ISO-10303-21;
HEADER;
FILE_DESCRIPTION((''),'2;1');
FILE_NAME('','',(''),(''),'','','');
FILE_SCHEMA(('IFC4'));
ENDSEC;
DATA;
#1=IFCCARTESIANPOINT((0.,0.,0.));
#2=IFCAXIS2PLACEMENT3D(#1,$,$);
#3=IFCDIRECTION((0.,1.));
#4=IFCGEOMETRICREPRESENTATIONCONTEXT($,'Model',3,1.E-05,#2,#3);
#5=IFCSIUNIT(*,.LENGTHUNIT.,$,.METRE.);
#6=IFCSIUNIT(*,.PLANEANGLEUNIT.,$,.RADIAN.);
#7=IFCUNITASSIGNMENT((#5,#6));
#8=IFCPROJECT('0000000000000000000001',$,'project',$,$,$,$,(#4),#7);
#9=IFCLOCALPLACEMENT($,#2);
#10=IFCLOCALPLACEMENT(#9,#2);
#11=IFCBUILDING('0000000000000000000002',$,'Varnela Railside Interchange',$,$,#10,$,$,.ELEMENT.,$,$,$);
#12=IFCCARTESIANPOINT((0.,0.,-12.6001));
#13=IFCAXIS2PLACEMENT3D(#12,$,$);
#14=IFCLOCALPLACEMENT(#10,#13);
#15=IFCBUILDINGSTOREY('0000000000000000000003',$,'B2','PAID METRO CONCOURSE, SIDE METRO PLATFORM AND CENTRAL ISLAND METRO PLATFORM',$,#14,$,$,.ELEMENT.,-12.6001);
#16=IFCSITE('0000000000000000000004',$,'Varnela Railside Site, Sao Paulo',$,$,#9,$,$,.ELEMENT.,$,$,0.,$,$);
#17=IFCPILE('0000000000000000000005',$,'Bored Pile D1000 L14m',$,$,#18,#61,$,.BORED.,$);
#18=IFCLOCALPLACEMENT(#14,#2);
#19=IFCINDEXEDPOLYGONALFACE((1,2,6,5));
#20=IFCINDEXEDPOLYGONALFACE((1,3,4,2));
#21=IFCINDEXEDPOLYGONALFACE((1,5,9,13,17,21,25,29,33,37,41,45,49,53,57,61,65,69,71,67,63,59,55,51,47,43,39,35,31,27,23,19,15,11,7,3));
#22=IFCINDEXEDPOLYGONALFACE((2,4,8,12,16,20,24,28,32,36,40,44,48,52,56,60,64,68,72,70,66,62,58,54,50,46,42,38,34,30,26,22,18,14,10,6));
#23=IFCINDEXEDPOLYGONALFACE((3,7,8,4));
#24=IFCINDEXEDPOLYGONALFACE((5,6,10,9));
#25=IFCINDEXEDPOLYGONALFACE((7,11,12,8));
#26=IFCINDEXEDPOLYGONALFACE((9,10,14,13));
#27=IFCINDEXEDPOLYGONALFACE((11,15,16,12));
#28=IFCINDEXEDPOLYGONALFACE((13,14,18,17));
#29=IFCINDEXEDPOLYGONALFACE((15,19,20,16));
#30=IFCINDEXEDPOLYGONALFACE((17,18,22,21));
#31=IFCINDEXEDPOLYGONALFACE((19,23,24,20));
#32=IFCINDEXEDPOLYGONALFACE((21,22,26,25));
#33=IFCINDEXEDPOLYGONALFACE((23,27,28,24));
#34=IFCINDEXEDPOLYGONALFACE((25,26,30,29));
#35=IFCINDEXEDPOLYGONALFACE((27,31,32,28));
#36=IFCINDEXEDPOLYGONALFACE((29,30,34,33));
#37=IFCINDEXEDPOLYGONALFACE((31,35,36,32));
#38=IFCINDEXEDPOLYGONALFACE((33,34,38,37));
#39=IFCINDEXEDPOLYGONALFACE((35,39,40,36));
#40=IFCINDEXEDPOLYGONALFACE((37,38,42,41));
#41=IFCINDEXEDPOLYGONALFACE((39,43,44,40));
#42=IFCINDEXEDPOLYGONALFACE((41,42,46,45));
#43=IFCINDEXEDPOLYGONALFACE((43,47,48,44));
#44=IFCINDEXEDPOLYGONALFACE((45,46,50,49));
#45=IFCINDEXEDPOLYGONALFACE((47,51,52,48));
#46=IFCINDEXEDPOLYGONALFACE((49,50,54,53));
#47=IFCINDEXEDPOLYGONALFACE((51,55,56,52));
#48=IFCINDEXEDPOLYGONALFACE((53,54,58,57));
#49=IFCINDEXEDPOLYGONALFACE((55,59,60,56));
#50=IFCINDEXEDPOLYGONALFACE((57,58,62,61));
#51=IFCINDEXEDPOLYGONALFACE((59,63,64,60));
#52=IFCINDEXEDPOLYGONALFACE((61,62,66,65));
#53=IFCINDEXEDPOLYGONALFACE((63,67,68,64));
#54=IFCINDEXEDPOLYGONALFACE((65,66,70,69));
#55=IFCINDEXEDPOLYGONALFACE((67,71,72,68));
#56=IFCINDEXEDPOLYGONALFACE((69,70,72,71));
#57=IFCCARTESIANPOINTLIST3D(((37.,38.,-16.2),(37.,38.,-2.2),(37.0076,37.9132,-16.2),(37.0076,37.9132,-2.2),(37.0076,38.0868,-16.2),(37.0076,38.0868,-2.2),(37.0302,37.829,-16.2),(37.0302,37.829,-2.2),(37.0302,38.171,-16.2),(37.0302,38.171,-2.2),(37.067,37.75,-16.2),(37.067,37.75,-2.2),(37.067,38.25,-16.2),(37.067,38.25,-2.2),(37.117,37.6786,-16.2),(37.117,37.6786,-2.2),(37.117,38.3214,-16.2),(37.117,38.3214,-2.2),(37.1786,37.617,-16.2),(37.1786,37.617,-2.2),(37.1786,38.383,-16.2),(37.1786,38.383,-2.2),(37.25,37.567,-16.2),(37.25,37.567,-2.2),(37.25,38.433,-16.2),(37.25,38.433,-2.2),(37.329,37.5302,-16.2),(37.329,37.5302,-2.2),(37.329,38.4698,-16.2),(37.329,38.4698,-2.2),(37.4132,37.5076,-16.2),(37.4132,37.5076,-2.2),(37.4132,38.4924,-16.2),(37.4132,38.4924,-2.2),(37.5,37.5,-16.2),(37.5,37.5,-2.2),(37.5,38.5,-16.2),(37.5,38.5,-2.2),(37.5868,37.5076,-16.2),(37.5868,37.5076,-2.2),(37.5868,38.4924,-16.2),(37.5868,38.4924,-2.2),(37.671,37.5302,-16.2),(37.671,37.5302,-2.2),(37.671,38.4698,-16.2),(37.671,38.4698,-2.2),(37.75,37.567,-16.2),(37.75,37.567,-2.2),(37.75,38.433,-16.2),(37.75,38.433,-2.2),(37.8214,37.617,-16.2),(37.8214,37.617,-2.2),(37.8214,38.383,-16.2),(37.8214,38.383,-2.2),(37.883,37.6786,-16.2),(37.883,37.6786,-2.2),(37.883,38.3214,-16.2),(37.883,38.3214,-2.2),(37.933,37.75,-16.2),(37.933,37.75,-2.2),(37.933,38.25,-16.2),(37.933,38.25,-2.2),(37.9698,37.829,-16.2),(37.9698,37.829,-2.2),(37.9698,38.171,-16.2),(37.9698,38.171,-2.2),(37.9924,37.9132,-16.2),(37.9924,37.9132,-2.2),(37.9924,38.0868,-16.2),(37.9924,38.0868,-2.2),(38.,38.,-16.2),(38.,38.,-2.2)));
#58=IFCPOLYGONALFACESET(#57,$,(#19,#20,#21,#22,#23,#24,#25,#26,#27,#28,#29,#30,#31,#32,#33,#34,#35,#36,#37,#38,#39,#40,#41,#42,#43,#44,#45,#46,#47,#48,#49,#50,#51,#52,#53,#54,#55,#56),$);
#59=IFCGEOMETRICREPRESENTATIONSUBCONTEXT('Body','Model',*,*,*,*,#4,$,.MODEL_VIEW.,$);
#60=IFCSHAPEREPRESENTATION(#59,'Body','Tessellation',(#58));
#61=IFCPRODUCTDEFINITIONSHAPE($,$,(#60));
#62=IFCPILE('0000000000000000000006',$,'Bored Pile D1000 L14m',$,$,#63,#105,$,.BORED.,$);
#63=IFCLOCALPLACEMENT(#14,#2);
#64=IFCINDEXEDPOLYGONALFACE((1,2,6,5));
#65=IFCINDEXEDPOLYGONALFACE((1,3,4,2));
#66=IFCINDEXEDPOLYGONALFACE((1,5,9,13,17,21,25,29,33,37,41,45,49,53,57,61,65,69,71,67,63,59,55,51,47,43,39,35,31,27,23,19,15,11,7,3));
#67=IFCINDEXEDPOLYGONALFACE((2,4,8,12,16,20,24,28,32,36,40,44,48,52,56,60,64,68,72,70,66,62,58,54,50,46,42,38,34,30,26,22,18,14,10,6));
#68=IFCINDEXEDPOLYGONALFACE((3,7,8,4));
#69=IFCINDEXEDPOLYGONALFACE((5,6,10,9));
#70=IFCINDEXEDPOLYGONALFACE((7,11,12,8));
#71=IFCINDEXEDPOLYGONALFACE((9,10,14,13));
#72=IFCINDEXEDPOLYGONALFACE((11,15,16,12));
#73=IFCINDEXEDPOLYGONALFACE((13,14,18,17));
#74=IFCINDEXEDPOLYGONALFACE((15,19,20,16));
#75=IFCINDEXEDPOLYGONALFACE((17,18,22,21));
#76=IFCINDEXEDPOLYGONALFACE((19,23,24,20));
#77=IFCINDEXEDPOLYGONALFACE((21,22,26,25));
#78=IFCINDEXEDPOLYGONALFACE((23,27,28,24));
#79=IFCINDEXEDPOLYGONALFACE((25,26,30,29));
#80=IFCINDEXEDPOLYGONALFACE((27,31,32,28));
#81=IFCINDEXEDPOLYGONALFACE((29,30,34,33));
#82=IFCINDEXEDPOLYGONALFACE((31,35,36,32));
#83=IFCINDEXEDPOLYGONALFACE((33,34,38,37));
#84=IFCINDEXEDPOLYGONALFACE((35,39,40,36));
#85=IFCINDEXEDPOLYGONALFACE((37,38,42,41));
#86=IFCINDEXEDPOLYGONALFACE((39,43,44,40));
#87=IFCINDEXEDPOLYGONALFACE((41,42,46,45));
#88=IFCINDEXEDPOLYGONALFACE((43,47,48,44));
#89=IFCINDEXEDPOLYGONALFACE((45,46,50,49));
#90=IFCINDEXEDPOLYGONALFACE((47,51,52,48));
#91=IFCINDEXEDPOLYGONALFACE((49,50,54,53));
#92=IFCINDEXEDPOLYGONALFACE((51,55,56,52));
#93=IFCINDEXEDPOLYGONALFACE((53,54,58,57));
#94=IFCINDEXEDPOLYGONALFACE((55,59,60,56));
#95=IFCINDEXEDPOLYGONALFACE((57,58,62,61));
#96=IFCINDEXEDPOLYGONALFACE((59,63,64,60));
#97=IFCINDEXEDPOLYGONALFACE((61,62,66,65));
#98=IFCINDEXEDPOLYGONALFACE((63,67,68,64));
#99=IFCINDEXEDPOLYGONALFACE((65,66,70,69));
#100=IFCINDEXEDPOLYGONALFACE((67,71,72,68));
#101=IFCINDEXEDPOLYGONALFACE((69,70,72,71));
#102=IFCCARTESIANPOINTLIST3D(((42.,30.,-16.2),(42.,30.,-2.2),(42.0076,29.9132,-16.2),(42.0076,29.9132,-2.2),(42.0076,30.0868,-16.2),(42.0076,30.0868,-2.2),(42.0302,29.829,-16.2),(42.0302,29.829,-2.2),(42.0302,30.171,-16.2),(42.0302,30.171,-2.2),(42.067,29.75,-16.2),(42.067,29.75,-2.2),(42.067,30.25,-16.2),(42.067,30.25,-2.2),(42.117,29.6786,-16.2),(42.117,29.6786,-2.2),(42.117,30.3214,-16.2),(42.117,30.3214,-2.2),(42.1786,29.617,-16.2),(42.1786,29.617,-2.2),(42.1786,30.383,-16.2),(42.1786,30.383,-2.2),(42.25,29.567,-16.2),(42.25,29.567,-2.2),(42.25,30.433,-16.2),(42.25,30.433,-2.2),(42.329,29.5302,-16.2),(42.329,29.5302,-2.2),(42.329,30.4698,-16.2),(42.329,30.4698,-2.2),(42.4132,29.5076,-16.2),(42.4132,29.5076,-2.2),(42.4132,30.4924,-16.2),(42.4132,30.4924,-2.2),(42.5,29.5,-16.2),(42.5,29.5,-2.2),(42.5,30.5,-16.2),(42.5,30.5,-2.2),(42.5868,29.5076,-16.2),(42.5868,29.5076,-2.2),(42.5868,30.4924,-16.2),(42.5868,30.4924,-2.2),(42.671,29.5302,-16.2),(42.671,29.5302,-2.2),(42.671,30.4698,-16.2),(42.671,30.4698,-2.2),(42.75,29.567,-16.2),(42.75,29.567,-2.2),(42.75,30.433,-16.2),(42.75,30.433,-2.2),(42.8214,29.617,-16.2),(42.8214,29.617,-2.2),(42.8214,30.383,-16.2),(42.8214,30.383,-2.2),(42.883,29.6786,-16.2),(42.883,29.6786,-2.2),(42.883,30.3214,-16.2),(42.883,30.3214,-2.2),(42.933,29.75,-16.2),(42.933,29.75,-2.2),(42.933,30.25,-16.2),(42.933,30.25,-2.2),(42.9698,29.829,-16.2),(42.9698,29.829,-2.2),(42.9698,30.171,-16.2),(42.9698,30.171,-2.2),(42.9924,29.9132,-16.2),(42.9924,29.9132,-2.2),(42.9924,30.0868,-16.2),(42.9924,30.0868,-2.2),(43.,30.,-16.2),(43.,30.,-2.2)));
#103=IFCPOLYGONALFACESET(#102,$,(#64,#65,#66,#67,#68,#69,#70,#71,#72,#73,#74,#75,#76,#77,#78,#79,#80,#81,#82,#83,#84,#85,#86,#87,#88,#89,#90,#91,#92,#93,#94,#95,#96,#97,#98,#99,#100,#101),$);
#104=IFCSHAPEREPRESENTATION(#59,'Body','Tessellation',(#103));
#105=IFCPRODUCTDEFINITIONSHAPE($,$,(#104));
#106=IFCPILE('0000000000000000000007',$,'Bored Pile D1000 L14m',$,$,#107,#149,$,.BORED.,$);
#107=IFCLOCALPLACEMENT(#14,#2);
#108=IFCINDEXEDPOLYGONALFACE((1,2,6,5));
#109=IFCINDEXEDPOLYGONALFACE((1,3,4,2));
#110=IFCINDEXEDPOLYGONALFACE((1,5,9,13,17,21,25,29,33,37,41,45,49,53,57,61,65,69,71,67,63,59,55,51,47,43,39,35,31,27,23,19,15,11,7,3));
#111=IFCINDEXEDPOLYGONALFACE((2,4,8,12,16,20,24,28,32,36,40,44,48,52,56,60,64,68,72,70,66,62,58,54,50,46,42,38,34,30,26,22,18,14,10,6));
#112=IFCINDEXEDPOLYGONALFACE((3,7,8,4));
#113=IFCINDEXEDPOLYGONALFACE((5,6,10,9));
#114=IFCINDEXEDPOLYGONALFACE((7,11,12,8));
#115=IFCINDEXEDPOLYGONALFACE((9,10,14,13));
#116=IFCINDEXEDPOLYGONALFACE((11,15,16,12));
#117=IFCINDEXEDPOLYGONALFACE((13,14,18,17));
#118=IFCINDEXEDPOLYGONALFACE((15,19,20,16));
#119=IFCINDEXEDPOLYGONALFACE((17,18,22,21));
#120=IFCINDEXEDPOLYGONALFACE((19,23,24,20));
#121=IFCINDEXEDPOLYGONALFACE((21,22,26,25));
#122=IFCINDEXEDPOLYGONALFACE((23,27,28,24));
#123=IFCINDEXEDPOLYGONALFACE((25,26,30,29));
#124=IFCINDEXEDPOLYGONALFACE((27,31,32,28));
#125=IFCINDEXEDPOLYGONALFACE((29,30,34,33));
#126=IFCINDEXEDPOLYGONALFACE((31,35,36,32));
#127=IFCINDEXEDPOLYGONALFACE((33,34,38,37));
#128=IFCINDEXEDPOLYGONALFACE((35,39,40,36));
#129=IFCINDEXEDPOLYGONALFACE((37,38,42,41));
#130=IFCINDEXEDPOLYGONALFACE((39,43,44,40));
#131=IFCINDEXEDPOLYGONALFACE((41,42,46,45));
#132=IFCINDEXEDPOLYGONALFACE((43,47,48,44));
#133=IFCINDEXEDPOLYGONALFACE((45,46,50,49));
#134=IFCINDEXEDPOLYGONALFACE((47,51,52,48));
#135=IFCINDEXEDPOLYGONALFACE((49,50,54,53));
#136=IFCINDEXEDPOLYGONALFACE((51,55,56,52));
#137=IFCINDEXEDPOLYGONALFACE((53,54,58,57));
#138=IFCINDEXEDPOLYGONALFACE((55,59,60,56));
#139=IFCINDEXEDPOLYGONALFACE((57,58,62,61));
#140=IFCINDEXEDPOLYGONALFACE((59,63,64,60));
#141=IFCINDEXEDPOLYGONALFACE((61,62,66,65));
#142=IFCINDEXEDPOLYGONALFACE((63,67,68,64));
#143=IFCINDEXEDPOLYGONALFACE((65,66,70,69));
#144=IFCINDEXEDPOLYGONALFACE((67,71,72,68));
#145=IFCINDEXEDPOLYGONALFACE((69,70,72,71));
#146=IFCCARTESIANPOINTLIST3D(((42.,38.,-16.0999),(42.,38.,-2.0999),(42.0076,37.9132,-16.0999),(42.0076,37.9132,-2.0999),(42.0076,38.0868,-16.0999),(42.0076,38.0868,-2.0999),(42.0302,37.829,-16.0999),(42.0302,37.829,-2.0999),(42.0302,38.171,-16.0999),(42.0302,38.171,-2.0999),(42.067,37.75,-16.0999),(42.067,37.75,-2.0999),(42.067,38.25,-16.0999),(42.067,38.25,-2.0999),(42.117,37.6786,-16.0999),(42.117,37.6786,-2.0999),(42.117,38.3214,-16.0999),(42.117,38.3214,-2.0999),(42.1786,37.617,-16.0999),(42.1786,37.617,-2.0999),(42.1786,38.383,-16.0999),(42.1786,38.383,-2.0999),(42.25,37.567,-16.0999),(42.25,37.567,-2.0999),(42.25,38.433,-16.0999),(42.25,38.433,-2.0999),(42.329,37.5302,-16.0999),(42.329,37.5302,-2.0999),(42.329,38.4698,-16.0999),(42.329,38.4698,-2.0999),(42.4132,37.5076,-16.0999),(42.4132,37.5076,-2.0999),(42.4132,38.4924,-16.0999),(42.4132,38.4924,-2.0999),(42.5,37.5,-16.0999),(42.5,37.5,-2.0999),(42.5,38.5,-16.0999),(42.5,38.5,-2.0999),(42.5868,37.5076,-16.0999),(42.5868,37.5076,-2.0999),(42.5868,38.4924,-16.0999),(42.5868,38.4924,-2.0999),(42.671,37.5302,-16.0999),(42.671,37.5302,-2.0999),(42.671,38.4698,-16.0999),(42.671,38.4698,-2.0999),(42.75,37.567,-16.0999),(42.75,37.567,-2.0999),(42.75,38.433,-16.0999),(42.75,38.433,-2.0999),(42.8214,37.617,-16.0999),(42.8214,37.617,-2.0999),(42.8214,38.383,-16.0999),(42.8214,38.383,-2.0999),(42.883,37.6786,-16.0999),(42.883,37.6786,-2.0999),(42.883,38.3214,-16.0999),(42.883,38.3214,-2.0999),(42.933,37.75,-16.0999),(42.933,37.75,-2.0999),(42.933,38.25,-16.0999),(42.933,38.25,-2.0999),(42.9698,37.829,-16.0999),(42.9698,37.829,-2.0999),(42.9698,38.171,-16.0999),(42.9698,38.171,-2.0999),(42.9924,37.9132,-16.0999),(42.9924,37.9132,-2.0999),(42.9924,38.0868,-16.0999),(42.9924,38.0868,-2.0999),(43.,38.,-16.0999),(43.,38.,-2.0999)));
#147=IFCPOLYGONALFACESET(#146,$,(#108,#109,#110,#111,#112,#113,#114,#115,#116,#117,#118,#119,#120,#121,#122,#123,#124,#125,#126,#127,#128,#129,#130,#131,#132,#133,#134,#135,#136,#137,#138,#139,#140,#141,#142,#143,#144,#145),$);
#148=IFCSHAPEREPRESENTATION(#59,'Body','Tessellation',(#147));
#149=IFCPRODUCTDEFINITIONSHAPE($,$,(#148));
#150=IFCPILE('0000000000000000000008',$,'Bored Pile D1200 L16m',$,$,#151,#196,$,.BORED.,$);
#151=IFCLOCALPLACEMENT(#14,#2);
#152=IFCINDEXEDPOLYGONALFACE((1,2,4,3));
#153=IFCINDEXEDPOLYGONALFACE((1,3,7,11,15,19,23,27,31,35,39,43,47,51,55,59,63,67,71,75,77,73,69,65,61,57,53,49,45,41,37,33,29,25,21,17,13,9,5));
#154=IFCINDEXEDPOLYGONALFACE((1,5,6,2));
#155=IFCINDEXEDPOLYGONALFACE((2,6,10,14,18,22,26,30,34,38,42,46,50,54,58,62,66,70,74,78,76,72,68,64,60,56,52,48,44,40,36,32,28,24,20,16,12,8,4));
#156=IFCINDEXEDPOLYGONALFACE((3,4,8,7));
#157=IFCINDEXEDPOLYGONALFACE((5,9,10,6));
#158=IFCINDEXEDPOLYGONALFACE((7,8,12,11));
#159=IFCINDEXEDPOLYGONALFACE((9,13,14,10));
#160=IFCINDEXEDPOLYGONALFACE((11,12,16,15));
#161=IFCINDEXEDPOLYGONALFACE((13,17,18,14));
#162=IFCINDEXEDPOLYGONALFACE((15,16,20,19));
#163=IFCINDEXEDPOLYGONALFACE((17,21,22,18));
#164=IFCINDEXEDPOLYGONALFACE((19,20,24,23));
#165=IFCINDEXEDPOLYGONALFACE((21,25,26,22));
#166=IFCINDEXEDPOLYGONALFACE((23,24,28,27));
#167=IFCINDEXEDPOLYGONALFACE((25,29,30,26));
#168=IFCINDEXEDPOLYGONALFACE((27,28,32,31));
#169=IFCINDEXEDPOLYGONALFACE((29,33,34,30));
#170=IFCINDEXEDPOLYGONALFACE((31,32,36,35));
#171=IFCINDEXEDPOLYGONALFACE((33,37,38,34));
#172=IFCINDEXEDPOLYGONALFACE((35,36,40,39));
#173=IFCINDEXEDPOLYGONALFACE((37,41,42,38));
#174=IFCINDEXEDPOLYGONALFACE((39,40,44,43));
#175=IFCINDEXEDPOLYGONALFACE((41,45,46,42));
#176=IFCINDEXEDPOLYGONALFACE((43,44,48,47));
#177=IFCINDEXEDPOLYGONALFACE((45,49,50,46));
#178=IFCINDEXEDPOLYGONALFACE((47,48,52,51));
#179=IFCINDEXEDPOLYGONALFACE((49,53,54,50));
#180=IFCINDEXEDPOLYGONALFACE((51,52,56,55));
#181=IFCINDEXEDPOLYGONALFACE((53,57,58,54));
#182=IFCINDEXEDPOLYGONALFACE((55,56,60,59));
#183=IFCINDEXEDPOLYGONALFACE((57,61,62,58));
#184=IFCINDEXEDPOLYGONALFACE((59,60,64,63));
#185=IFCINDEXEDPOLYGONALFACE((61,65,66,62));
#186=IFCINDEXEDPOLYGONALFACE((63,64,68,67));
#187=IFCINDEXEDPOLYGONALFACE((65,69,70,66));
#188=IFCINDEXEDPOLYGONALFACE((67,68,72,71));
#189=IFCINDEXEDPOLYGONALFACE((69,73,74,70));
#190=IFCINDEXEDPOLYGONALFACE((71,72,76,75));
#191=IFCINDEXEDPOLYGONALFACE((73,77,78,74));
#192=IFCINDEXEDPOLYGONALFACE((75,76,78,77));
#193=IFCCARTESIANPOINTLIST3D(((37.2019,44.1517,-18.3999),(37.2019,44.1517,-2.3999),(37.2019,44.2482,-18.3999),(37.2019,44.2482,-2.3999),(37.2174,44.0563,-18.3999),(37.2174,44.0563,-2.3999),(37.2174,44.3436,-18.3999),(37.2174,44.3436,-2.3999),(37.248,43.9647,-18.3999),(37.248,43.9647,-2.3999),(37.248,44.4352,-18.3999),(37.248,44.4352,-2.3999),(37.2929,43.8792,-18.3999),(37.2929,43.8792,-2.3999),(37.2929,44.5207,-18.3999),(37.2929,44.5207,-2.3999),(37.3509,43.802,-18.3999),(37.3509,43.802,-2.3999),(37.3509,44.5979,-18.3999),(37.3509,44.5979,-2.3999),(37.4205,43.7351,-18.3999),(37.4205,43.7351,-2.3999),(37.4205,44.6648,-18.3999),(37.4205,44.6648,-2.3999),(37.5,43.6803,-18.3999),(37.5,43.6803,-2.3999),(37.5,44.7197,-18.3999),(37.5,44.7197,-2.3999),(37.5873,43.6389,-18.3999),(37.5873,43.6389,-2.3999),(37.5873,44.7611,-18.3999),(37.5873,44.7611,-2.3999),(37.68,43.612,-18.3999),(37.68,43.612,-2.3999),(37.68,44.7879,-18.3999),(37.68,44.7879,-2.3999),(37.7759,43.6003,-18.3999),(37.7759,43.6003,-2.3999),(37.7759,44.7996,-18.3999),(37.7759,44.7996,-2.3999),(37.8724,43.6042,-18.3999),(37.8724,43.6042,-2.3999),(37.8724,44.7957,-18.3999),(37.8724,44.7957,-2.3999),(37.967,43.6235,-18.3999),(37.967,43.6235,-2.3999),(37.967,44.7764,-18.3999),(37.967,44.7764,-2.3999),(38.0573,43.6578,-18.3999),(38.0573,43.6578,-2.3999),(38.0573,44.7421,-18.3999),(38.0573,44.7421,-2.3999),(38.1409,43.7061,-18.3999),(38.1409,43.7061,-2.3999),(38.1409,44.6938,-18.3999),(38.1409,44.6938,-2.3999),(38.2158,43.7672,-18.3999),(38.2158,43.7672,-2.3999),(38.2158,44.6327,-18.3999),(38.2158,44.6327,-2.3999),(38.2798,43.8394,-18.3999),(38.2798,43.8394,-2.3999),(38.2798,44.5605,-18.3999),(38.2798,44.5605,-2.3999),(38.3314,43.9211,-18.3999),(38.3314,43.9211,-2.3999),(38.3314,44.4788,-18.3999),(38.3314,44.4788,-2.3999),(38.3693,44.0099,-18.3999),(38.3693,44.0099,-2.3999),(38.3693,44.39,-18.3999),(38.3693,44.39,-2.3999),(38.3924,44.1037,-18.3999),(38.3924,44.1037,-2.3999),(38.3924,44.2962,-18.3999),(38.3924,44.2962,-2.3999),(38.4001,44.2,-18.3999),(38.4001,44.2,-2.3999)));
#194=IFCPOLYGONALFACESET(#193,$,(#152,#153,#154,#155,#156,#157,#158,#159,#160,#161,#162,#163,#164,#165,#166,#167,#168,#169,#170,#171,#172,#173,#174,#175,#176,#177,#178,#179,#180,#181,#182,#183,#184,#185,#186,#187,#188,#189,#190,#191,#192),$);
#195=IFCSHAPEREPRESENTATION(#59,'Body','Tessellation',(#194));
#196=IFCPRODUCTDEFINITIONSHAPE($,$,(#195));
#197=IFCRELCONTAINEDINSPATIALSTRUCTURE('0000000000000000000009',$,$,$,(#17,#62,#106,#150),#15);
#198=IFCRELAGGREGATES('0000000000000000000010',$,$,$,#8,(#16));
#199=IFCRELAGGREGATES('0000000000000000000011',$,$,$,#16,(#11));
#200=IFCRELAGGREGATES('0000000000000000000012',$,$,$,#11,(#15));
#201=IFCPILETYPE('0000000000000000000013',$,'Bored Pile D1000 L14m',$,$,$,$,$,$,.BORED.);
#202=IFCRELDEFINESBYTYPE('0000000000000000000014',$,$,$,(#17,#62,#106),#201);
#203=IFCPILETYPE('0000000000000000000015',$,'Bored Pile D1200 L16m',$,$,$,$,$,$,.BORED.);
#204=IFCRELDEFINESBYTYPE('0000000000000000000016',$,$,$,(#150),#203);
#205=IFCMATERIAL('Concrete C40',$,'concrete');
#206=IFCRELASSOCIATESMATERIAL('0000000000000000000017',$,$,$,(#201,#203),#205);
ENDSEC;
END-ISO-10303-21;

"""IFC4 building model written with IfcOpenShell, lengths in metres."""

from ifc_helpers import new_model, si_unit, direction, frame, origin, origin_2d, place, context, subcontext, project, spatial, circle, extrude, material, material_profile, profile_set, type_object, element, save


model = new_model("IFC4")

# Units and contexts
model_context = context("Model", 3, precision=1e-05, world=origin(), true_north=direction((0.0, 1.0)))
body_context = subcontext(model_context, "Body", "Model", "MODEL_VIEW")
ifc_project = project(units=[si_unit("LENGTHUNIT", "METRE"), si_unit("PLANEANGLEUNIT", "RADIAN")], contexts=[model_context])

# Site, building, storey
site_placement = place(None, origin())
site = spatial("IfcSite", under=ifc_project, at=site_placement, Name="Varnela Railside Site, Sao Paulo", CompositionType="ELEMENT", RefElevation=0.0)
building_placement = place(site_placement, origin())
building = spatial("IfcBuilding", under=site, at=building_placement, Name="Varnela Railside Interchange", CompositionType="ELEMENT")
storey_placement = place(building_placement, frame((0.0, 0.0, -12.6001)))
storey = spatial("IfcBuildingStorey", under=building, at=storey_placement, Name="B2", Description="PAID METRO CONCOURSE, SIDE METRO PLATFORM AND CENTRAL ISLAND METRO PLATFORM", CompositionType="ELEMENT", Elevation=-12.6001)

# Piles
ifc_material_1 = material(Name="Concrete C40", Category="concrete")
ifc_material_profile_1 = material_profile(ifc_material_1, circle(Radius=0.5, at=origin_2d()), Name="BORED PILE D1000")
ifc_profile_set_1 = profile_set([ifc_material_profile_1], Name="Concrete C40")
pile_type_1 = type_object("IfcPileType", Name="Bored Pile D1000 L14m", PredefinedType="BORED", material=ifc_profile_set_1)
for number, where, z_axis, x_axis, name in (
    (1, (37.5, 38.0, -2.2), (0.0, 0.0, -1.0), (1.0, 0.0, 0.0), "Bored Pile D1000 L14m"),
    (2, (42.5, 30.0, -2.2), (0.0, 0.0, -1.0), (1.0, 0.0, 0.0), "Bored Pile D1000 L14m"),
    (3, (42.5, 38.0, -2.0999), (0.0, 0.0, -1.0), (1.0, 0.0, 0.0), "Bored Pile D1000 L14m"),
):
    element("IfcPile", number, at=place(storey_placement, frame(where, z_axis=z_axis, x_axis=x_axis)), inside=storey, type_object=pile_type_1, Name=name, PredefinedType="BORED", context=body_context, shape_type="SweptSolid", body=[
        extrude(circle(Radius=0.5, at=origin_2d()), origin(), (0.0, 0.0, 1.0), 14.0),
    ])
ifc_material_profile_2 = material_profile(ifc_material_1, circle(Radius=0.6001, at=origin_2d()), Name="BORED PILE D1200")
ifc_profile_set_2 = profile_set([ifc_material_profile_2], Name="Concrete C40")
pile_type_2 = type_object("IfcPileType", Name="Bored Pile D1200 L16m", PredefinedType="BORED", material=ifc_profile_set_2)
for number, where, z_axis, x_axis, name in (
    (4, (37.8, 44.2, -2.3999), (0.0, 0.0, -1.0), (1.0, 0.0, 0.0), "Bored Pile D1200 L16m"),
):
    element("IfcPile", number, at=place(storey_placement, frame(where, z_axis=z_axis, x_axis=x_axis)), inside=storey, type_object=pile_type_2, Name=name, PredefinedType="BORED", context=body_context, shape_type="SweptSolid", body=[
        extrude(circle(Radius=0.6001, at=origin_2d()), origin(), (0.0, 0.0, 1.0), 16.0),
    ])

save(model, "model.ifc")
